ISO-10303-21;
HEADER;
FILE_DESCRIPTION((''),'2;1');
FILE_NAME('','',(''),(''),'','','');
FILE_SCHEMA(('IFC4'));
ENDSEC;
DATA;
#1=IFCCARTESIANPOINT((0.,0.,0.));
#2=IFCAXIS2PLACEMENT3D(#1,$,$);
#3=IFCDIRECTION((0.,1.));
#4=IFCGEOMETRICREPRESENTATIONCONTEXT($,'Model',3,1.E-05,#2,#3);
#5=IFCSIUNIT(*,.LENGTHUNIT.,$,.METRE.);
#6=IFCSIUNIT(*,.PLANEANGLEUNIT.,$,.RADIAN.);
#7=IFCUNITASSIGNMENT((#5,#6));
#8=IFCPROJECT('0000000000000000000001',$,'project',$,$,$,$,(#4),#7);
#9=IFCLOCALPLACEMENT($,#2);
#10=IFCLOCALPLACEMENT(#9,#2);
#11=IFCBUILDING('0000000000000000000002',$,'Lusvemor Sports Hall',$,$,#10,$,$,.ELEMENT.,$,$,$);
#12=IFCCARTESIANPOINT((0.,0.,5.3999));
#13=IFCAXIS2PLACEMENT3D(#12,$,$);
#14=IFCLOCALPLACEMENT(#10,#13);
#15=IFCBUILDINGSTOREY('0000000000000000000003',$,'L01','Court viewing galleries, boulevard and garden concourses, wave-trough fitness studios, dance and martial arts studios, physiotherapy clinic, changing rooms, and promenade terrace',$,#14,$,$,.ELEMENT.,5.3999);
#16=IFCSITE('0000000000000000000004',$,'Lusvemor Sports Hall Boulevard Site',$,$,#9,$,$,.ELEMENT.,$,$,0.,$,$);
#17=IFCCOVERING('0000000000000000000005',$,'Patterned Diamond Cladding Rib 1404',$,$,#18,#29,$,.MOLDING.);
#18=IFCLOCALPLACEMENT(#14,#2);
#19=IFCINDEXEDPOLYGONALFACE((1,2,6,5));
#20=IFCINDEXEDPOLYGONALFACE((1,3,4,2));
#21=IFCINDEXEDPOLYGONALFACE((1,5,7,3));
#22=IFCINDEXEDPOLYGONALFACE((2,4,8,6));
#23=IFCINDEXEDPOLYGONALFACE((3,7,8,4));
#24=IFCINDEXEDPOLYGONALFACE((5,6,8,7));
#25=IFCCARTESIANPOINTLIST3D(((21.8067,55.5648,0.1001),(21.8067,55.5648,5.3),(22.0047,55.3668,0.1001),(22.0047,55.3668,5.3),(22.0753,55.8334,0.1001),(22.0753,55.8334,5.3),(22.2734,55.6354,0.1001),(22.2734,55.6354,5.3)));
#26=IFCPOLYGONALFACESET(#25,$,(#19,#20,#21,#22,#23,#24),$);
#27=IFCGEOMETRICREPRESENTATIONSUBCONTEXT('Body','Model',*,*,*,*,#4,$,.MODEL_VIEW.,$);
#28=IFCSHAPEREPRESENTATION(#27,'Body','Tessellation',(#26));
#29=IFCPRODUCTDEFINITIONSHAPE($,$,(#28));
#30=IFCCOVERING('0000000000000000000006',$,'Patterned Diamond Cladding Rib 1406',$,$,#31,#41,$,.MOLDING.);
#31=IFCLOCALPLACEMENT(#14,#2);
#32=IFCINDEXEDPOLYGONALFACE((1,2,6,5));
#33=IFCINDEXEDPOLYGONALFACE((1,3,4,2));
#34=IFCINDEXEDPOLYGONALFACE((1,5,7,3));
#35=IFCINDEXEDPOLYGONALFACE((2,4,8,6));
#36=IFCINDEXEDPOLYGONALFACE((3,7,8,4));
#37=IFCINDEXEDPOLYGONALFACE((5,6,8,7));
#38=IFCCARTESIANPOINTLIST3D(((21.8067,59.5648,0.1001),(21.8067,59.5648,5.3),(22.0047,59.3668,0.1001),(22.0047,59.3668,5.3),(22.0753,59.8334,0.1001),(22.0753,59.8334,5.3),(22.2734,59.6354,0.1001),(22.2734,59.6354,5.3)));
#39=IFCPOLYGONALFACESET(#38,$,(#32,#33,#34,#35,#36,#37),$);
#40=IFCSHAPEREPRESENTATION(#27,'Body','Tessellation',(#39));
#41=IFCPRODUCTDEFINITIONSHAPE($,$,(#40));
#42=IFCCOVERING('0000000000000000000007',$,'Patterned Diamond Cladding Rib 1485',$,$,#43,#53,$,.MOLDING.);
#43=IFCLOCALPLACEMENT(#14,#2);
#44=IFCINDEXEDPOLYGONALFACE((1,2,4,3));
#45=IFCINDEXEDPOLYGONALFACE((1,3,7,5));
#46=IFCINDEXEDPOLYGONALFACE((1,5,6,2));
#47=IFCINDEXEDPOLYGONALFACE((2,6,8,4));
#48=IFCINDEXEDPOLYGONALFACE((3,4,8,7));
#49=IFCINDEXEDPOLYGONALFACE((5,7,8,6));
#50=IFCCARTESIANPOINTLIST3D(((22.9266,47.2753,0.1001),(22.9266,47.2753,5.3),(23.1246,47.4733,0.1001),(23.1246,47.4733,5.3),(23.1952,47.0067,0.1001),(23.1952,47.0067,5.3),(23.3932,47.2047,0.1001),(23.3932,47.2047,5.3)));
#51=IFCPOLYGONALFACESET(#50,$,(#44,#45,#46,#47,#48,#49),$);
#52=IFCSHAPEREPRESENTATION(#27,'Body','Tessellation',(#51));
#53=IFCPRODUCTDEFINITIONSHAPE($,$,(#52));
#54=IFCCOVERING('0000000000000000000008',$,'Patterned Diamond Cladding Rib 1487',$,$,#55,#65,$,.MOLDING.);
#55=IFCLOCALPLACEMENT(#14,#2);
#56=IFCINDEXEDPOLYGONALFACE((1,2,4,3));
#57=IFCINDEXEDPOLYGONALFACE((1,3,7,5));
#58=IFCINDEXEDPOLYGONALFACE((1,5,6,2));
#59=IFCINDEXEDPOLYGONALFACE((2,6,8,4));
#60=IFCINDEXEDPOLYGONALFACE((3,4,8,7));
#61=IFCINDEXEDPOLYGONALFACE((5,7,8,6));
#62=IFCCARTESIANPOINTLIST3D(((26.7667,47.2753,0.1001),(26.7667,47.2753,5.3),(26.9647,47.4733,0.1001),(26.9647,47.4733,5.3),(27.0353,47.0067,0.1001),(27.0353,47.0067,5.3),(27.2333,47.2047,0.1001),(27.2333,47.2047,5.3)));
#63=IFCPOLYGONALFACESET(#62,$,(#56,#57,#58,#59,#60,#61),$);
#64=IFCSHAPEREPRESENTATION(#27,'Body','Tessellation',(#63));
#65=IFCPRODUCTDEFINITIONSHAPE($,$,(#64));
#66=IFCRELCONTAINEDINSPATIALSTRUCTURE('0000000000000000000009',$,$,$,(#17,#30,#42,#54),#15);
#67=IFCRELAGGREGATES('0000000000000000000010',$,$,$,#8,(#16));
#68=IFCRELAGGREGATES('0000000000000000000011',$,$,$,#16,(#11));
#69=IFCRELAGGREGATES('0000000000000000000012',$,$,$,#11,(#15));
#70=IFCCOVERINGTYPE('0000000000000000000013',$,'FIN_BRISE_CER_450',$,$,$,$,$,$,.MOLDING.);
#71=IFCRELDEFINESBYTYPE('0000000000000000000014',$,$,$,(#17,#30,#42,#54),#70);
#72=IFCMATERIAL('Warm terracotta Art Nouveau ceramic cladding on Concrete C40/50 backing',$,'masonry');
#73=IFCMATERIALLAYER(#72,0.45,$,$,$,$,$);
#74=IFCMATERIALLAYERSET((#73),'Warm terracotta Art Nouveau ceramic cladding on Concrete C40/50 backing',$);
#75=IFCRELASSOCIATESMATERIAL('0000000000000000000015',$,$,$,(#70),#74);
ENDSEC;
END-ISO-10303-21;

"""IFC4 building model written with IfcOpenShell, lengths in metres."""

from ifc_helpers import new_model, si_unit, direction, frame, origin, origin_2d, place, context, subcontext, project, spatial, rectangle, extrude, material, layer, layer_set, type_object, element, save


model = new_model("IFC4")

# Units and contexts
model_context = context("Model", 3, precision=1e-05, world=origin(), true_north=direction((0.0, 1.0)))
body_context = subcontext(model_context, "Body", "Model", "MODEL_VIEW")
ifc_project = project(units=[si_unit("LENGTHUNIT", "METRE"), si_unit("PLANEANGLEUNIT", "RADIAN")], contexts=[model_context])

# Site, building, storey
site_placement = place(None, origin())
site = spatial("IfcSite", under=ifc_project, at=site_placement, Name="Lusvemor Sports Hall Boulevard Site", CompositionType="ELEMENT", RefElevation=0.0)
building_placement = place(site_placement, origin())
building = spatial("IfcBuilding", under=site, at=building_placement, Name="Lusvemor Sports Hall", CompositionType="ELEMENT")
storey_placement = place(building_placement, frame((0.0, 0.0, 5.3999)))
storey = spatial("IfcBuildingStorey", under=building, at=storey_placement, Name="L01", Description="Court viewing galleries, boulevard and garden concourses, wave-trough fitness studios, dance and martial arts studios, physiotherapy clinic, changing rooms, and promenade terrace", CompositionType="ELEMENT", Elevation=5.3999)

# Coverings
ifc_material_1 = material(Name="Warm terracotta Art Nouveau ceramic cladding on Concrete C40/50 backing", Category="masonry")
ifc_layer_1 = layer(ifc_material_1, 0.45)
ifc_layer_set_1 = layer_set([ifc_layer_1], Name="Warm terracotta Art Nouveau ceramic cladding on Concrete C40/50 backing")
covering_type_1 = type_object("IfcCoveringType", Name="FIN_BRISE_CER_450", PredefinedType="MOLDING", material=ifc_layer_set_1)
for number, where, z_axis, x_axis, name in (
    (1, (22.04, 55.6001, 0.1001), (0.0, 0.0, 1.0), (0.707107, 0.707107, 0.0), "Patterned Diamond Cladding Rib 1404"),
    (2, (22.04, 59.6001, 0.1001), (0.0, 0.0, 1.0), (0.707107, 0.707107, 0.0), "Patterned Diamond Cladding Rib 1406"),
):
    element("IfcCovering", number, at=place(storey_placement, frame(where, z_axis=z_axis, x_axis=x_axis)), inside=storey, type_object=covering_type_1, Name=name, PredefinedType="MOLDING", context=body_context, shape_type="SweptSolid", body=[
        extrude(rectangle(XDim=0.3799, YDim=0.28, at=origin_2d()), origin(), (0.0, 0.0, 1.0), 5.2),
    ])
for number, where, z_axis, x_axis, name in (
    (3, (23.1599, 47.24, 0.1001), (0.0, 0.0, 1.0), (0.707107, 0.707107, 0.0), "Patterned Diamond Cladding Rib 1485"),
    (4, (27.0, 47.24, 0.1001), (0.0, 0.0, 1.0), (0.707107, 0.707107, 0.0), "Patterned Diamond Cladding Rib 1487"),
):
    element("IfcCovering", number, at=place(storey_placement, frame(where, z_axis=z_axis, x_axis=x_axis)), inside=storey, type_object=covering_type_1, Name=name, PredefinedType="MOLDING", context=body_context, shape_type="SweptSolid", body=[
        extrude(rectangle(XDim=0.28, YDim=0.3799, at=origin_2d()), origin(), (0.0, 0.0, 1.0), 5.2),
    ])

save(model, "model.ifc")
